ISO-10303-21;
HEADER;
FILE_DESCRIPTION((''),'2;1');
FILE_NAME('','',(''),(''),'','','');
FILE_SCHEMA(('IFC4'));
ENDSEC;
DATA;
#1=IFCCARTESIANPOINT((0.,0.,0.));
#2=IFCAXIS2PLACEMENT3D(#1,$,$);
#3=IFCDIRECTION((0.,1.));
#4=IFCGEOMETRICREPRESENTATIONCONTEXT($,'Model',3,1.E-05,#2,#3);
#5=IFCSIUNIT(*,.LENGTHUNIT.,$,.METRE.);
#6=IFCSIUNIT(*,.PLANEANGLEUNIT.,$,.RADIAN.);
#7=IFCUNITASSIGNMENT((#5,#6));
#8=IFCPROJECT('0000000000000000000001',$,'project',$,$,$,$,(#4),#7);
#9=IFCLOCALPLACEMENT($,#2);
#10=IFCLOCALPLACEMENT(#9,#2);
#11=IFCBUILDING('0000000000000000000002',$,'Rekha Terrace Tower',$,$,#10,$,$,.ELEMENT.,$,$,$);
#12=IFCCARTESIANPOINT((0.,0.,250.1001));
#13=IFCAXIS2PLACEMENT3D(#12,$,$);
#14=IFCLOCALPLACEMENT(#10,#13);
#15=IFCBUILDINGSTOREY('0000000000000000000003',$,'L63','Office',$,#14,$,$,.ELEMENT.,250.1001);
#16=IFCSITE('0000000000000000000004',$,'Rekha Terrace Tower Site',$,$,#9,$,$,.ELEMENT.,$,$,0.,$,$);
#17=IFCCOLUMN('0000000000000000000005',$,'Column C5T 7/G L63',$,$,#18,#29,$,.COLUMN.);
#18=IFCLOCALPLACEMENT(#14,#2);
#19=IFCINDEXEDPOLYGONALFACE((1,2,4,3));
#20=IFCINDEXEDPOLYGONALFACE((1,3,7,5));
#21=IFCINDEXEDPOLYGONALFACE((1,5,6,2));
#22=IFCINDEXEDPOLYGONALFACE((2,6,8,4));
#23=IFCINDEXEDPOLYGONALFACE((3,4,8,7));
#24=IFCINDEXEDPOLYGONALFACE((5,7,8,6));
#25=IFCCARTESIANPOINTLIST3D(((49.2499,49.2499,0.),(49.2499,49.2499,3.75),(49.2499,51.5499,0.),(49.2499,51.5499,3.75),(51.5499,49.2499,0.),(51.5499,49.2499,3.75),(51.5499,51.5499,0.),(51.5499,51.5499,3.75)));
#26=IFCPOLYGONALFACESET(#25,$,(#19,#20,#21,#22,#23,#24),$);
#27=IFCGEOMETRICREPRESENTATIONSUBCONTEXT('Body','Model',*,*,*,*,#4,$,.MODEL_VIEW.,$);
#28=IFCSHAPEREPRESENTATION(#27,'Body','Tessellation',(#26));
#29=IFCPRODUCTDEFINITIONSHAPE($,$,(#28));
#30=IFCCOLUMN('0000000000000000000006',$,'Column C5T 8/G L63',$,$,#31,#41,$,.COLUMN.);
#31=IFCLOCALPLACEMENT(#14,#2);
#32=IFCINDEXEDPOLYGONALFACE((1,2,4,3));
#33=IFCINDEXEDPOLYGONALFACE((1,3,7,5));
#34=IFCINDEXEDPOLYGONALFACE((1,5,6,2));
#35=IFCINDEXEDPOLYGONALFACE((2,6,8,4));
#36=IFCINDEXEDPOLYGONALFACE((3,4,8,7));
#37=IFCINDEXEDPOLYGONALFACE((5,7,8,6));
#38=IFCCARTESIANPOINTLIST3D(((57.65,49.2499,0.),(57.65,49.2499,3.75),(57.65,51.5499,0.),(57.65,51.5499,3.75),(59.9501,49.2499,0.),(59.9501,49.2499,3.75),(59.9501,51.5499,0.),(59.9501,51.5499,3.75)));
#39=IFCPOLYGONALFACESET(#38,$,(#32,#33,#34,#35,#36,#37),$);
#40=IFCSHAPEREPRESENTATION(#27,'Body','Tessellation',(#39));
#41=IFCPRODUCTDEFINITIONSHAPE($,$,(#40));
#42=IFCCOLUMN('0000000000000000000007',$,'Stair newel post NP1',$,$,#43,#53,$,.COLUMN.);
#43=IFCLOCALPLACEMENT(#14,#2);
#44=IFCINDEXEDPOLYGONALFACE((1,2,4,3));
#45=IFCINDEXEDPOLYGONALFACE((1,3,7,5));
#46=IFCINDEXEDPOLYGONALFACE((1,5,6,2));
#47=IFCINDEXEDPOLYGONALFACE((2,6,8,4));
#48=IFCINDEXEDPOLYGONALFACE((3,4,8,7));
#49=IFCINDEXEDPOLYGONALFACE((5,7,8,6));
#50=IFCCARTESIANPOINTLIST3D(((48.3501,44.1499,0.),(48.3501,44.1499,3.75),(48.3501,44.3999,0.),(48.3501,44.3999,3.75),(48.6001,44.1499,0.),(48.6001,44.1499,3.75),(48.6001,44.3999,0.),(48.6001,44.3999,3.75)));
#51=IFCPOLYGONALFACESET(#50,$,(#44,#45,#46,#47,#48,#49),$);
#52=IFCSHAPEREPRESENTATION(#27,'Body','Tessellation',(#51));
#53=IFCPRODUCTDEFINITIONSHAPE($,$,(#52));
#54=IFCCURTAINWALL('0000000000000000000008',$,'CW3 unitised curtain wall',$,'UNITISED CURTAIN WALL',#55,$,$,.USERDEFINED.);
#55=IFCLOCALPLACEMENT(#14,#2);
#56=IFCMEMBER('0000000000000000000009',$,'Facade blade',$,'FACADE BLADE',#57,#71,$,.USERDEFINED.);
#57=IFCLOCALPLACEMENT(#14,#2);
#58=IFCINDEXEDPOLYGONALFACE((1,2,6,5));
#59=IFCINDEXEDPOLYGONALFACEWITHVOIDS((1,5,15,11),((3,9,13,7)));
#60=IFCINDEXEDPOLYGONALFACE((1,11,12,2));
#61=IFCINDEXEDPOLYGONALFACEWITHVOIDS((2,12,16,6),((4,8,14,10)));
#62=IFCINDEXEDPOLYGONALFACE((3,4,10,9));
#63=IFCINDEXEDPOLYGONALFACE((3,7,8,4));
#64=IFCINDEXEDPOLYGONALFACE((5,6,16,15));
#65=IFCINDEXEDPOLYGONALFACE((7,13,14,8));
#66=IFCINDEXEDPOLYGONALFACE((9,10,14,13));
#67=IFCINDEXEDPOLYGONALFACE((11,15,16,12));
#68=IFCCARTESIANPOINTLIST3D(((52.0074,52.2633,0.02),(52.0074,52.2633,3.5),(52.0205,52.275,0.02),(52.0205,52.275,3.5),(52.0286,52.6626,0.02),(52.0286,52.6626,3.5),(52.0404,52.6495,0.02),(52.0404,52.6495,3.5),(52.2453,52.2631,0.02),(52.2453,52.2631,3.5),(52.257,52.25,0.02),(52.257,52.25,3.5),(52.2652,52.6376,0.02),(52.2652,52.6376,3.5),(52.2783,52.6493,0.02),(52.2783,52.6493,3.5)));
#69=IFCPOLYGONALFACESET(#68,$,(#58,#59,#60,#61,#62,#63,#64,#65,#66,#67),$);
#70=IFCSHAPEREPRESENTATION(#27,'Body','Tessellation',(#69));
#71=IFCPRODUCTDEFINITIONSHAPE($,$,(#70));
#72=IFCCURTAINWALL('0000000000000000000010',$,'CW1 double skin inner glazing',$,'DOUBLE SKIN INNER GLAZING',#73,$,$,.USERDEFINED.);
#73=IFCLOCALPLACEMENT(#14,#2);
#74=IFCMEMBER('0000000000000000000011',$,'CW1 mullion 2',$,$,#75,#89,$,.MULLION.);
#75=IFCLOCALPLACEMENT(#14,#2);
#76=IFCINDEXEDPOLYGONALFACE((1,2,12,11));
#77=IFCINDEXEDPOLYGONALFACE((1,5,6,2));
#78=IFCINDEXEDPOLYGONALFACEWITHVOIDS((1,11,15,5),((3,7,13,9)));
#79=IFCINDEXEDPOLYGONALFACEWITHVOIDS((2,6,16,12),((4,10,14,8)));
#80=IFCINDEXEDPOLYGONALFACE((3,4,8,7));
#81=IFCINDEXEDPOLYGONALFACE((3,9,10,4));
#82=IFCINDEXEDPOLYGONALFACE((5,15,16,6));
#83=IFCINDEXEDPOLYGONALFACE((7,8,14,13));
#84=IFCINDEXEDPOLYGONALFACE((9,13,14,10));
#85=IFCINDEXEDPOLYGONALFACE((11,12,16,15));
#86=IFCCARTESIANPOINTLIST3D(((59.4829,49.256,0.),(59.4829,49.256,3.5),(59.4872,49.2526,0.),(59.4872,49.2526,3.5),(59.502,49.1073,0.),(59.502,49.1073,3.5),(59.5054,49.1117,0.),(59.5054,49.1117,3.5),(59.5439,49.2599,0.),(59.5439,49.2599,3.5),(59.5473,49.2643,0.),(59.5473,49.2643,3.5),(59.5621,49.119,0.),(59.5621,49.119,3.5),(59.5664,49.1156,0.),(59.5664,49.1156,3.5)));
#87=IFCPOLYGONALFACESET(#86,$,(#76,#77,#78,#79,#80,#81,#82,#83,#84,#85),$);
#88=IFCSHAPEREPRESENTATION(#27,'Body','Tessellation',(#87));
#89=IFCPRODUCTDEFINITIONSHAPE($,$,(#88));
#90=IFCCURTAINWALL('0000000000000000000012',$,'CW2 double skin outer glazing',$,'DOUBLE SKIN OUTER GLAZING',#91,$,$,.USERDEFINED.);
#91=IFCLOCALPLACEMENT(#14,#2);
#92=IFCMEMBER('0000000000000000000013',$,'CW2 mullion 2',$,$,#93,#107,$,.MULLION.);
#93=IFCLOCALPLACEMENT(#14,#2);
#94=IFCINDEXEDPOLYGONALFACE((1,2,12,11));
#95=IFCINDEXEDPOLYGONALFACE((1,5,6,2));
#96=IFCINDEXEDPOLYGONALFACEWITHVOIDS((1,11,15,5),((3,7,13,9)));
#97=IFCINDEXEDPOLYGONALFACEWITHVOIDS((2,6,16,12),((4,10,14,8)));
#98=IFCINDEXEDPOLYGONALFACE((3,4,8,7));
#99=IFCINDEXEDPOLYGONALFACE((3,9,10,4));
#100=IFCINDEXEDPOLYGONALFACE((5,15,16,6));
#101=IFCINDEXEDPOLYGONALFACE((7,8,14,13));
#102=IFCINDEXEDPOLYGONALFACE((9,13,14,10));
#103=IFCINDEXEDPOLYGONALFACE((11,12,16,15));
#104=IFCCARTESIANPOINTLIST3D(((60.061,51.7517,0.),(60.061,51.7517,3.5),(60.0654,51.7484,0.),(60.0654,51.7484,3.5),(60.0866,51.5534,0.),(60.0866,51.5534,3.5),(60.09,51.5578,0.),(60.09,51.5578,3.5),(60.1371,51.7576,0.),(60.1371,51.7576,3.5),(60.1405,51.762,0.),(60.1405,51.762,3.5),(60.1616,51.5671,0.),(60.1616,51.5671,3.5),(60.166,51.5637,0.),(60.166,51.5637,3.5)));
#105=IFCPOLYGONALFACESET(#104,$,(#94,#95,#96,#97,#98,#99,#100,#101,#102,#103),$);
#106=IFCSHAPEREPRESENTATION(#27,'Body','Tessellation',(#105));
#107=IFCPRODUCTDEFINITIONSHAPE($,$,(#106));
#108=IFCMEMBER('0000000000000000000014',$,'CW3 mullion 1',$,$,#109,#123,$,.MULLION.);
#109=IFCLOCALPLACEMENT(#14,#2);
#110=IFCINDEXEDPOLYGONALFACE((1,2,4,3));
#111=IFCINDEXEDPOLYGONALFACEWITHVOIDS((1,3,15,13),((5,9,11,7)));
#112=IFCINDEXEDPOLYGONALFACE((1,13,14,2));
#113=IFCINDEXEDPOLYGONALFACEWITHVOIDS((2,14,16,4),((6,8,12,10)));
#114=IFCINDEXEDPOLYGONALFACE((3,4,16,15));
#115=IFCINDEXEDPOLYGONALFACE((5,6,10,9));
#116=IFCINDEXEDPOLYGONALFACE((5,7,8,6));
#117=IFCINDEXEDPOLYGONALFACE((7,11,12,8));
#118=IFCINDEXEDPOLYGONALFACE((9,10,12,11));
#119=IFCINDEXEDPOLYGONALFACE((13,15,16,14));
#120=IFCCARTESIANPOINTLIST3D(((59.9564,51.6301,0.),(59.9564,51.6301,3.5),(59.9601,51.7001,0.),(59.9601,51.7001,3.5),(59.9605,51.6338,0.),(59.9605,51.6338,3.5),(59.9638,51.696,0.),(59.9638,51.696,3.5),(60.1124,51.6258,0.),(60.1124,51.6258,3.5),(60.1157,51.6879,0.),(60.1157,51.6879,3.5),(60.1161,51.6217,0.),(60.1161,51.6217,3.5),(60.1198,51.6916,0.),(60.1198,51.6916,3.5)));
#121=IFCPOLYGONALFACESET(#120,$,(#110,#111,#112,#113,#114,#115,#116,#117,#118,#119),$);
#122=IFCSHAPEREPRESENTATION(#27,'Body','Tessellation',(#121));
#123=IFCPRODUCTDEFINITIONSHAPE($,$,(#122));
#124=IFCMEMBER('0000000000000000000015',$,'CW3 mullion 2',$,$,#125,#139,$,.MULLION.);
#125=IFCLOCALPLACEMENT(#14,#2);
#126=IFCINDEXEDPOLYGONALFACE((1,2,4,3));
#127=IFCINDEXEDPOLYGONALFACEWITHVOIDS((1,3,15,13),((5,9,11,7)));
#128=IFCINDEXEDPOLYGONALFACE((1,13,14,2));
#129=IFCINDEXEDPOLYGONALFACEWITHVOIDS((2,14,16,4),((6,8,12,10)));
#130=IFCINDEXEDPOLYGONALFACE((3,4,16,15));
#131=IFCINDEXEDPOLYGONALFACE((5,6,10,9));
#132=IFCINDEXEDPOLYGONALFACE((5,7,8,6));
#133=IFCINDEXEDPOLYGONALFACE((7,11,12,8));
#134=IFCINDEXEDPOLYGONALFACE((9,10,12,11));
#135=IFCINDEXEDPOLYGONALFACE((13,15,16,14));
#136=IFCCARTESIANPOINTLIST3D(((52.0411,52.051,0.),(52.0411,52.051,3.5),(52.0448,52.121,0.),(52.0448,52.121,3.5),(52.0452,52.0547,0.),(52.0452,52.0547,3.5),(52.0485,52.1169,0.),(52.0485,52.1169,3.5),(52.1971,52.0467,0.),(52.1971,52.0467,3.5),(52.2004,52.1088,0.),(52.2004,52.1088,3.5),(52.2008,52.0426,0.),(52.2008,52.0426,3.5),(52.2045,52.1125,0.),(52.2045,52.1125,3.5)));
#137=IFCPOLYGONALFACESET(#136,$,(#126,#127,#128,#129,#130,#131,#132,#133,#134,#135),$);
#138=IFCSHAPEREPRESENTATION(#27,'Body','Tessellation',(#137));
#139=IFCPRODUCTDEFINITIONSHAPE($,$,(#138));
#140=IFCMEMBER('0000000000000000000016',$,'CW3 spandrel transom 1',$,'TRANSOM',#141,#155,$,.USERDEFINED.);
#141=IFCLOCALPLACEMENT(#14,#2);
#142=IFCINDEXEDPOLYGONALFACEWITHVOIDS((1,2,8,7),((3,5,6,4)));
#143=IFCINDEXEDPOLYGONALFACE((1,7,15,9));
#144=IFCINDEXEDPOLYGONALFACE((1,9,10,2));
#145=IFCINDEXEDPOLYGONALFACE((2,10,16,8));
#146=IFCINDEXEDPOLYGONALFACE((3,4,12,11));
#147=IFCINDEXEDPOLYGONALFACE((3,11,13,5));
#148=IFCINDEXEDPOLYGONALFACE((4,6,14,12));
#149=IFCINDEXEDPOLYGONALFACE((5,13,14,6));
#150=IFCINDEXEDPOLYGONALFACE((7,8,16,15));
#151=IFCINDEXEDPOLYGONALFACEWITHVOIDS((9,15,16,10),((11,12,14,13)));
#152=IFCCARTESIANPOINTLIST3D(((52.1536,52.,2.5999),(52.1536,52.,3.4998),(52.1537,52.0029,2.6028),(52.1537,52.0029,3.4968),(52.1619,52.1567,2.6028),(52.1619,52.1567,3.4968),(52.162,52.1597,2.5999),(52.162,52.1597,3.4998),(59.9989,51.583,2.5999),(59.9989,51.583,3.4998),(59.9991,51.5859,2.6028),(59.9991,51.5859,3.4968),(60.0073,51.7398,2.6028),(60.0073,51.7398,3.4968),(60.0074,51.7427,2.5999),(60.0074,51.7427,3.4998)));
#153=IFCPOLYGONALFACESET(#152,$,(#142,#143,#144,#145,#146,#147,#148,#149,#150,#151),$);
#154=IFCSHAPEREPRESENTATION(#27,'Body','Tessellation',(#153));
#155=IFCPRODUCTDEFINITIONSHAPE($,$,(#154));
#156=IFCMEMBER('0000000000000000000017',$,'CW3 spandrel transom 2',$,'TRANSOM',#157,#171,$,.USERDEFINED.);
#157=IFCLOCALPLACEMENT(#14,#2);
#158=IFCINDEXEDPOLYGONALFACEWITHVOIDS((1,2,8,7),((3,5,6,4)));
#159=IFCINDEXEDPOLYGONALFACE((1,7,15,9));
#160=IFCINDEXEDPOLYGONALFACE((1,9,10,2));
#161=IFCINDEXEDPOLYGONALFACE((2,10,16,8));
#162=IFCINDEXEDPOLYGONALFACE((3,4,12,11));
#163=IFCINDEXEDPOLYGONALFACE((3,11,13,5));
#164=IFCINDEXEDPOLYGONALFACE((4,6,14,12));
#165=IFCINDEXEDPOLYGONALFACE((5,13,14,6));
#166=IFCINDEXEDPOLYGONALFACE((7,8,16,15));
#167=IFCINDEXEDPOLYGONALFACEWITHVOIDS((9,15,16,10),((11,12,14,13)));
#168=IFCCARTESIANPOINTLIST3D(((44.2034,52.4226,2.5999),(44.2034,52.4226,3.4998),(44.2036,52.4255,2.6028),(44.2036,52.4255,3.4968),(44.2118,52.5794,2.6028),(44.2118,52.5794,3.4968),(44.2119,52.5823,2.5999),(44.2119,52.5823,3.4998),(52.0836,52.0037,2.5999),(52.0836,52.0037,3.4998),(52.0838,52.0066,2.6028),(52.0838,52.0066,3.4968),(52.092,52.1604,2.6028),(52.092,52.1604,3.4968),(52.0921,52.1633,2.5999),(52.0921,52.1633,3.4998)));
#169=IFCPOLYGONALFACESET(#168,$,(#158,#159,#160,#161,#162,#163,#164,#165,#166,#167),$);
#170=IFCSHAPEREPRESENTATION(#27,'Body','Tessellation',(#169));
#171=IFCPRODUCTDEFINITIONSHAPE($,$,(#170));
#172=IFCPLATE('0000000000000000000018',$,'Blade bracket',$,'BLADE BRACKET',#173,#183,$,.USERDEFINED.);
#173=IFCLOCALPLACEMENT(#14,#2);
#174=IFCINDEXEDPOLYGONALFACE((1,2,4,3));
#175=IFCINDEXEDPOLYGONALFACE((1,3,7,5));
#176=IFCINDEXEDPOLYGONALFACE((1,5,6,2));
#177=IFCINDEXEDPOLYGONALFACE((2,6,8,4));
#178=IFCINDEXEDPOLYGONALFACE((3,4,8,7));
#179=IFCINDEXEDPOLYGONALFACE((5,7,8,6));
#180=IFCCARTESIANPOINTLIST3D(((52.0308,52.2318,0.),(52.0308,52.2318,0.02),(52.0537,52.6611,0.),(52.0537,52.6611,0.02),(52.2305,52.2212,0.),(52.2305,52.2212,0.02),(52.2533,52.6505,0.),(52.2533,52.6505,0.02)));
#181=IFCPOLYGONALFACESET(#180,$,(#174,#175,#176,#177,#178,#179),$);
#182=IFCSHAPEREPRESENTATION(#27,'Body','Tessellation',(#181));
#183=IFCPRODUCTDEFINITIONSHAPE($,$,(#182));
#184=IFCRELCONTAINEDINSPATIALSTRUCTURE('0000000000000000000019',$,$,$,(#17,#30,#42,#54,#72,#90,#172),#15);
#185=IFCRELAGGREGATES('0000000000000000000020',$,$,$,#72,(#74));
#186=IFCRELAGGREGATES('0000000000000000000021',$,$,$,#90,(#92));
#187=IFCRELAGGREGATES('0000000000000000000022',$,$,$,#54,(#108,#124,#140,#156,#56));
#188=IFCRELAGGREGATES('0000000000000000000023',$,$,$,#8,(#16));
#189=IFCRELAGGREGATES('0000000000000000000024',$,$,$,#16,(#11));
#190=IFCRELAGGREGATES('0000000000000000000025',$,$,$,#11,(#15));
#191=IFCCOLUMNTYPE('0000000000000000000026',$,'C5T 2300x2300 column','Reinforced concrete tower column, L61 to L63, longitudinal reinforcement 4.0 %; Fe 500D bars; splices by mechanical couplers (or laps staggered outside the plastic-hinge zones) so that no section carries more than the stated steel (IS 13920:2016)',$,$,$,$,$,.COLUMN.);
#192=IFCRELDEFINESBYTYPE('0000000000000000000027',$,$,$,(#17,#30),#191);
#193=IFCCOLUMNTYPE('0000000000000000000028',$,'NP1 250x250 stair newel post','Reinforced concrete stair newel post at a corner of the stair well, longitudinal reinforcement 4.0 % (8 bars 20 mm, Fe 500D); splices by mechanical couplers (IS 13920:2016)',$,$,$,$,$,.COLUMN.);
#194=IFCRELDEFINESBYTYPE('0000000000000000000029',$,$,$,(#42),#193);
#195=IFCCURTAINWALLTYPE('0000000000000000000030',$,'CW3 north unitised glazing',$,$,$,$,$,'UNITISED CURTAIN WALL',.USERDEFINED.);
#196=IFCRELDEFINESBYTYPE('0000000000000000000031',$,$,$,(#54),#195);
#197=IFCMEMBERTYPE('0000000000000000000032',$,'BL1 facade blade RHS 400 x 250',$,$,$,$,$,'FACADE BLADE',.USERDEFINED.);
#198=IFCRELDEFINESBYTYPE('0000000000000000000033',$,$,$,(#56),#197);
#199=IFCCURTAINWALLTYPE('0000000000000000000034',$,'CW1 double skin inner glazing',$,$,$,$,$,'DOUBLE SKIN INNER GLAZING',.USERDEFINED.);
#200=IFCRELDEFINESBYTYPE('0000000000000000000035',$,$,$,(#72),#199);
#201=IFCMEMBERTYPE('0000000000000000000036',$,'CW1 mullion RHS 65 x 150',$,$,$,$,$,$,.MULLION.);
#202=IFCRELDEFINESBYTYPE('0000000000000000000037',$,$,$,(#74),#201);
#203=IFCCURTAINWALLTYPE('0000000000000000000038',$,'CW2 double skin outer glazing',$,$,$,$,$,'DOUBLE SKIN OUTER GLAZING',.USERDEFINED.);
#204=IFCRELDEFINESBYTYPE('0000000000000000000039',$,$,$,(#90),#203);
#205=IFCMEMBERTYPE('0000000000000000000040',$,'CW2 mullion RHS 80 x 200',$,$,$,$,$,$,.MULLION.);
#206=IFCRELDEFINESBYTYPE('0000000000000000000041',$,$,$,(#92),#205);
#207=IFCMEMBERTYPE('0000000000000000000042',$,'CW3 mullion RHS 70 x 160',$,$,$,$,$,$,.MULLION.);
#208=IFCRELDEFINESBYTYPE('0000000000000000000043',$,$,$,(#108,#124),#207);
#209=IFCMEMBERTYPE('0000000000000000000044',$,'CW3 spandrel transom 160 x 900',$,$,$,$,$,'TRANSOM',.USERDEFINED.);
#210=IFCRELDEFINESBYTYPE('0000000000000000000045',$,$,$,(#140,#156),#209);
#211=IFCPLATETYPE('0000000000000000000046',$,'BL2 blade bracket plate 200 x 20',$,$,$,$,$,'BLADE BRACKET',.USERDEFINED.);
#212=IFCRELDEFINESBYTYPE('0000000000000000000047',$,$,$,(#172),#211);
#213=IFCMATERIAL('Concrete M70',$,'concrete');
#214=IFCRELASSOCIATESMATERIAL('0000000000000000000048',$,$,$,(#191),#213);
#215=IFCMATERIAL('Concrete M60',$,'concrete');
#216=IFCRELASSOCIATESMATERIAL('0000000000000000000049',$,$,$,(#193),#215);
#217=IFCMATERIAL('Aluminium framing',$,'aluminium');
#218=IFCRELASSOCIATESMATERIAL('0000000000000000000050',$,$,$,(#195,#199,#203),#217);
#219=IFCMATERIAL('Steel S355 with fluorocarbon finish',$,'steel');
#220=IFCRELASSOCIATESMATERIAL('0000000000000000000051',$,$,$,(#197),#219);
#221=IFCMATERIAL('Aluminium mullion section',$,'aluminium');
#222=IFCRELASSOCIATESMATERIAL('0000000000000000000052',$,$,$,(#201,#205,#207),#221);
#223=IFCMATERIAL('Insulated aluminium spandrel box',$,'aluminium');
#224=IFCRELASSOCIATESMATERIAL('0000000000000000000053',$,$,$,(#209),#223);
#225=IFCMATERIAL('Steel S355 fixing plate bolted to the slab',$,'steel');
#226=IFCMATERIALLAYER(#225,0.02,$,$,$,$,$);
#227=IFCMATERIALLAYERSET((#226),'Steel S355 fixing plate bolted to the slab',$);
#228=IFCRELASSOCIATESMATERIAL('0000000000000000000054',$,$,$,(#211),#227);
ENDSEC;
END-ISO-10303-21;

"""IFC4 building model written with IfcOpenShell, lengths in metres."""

from ifc_helpers import new_model, si_unit, direction, frame, origin, origin_2d, place, context, subcontext, project, spatial, rectangle, hollow_rectangle, extrude, material, layer, layer_set, material_profile, profile_set, type_object, element, aggregate, save


model = new_model("IFC4")

# Units and contexts
model_context = context("Model", 3, precision=1e-05, world=origin(), true_north=direction((0.0, 1.0)))
body_context = subcontext(model_context, "Body", "Model", "MODEL_VIEW")
ifc_project = project(units=[si_unit("LENGTHUNIT", "METRE"), si_unit("PLANEANGLEUNIT", "RADIAN")], contexts=[model_context])

# Site, building, storey
site_placement = place(None, origin())
site = spatial("IfcSite", under=ifc_project, at=site_placement, Name="Rekha Terrace Tower Site", CompositionType="ELEMENT", RefElevation=0.0)
building_placement = place(site_placement, origin())
building = spatial("IfcBuilding", under=site, at=building_placement, Name="Rekha Terrace Tower", CompositionType="ELEMENT")
storey_placement = place(building_placement, frame((0.0, 0.0, 250.1001)))
storey = spatial("IfcBuildingStorey", under=building, at=storey_placement, Name="L63", Description="Office", CompositionType="ELEMENT", Elevation=250.1001)

# Columns
ifc_material_1 = material(Name="Concrete M70", Category="concrete")
ifc_material_profile_1 = material_profile(ifc_material_1, rectangle(XDim=2.3, YDim=2.3, at=origin_2d()), Name="RC 2300x2300")
ifc_profile_set_1 = profile_set([ifc_material_profile_1], Name="Concrete M70")
column_type_1 = type_object("IfcColumnType", Name="C5T 2300x2300 column", Description="Reinforced concrete tower column, L61 to L63, longitudinal reinforcement 4.0 %; Fe 500D bars; splices by mechanical couplers (or laps staggered outside the plastic-hinge zones) so that no section carries more than the stated steel (IS 13920:2016)", PredefinedType="COLUMN", material=ifc_profile_set_1)
for number, where, z_axis, x_axis, name in (
    (1, (50.3999, 50.3999, 0.0), (0.0, 0.0, 1.0), (1.0, 0.0, 0.0), "Column C5T 7/G L63"),
    (2, (58.8, 50.3999, 0.0), (0.0, 0.0, 1.0), (1.0, 0.0, 0.0), "Column C5T 8/G L63"),
):
    element("IfcColumn", number, at=place(storey_placement, frame(where, z_axis=z_axis, x_axis=x_axis)), inside=storey, type_object=column_type_1, Name=name, PredefinedType="COLUMN", context=body_context, shape_type="SweptSolid", body=[
        extrude(rectangle(XDim=2.3, YDim=2.3, at=origin_2d()), origin(), (0.0, 0.0, 1.0), 3.75),
    ])
ifc_material_2 = material(Name="Concrete M60", Category="concrete")
ifc_material_profile_2 = material_profile(ifc_material_2, rectangle(XDim=0.25, YDim=0.25, at=origin_2d()), Name="RC 250x250")
ifc_profile_set_2 = profile_set([ifc_material_profile_2], Name="Concrete M60")
column_type_2 = type_object("IfcColumnType", Name="NP1 250x250 stair newel post", Description="Reinforced concrete stair newel post at a corner of the stair well, longitudinal reinforcement 4.0 % (8 bars 20 mm, Fe 500D); splices by mechanical couplers (IS 13920:2016)", PredefinedType="COLUMN", material=ifc_profile_set_2)
column_placement = place(storey_placement, frame((48.4751, 44.2749, 0.0), z_axis=(0.0, 0.0, 1.0), x_axis=(1.0, 0.0, 0.0)))
element("IfcColumn", 3, at=column_placement, inside=storey, type_object=column_type_2, Name="Stair newel post NP1", PredefinedType="COLUMN", context=body_context, shape_type="SweptSolid", body=[
    extrude(rectangle(XDim=0.25, YDim=0.25, at=origin_2d()), origin(), (0.0, 0.0, 1.0), 3.75),
])

# Curtain walls, members
ifc_material_3 = material(Name="Aluminium framing", Category="aluminium")
curtain_wall_type_1 = type_object("IfcCurtainWallType", Name="CW3 north unitised glazing", ElementType="UNITISED CURTAIN WALL", PredefinedType="USERDEFINED", material=ifc_material_3)
curtain_wall_1_placement = place(storey_placement, origin())
curtain_wall_1 = element("IfcCurtainWall", 4, at=curtain_wall_1_placement, inside=storey, type_object=curtain_wall_type_1, Name="CW3 unitised curtain wall", ObjectType="UNITISED CURTAIN WALL", PredefinedType="USERDEFINED")
ifc_material_4 = material(Name="Steel S355 with fluorocarbon finish", Category="steel")
ifc_material_profile_3 = material_profile(ifc_material_4, hollow_rectangle(XDim=0.25, YDim=0.3999, WallThickness=0.0125, at=origin_2d()), Name="RHS400x250x12.5")
ifc_profile_set_3 = profile_set([ifc_material_profile_3], Name="Steel S355 with fluorocarbon finish")
member_type_1 = type_object("IfcMemberType", Name="BL1 facade blade RHS 400 x 250", ElementType="FACADE BLADE", PredefinedType="USERDEFINED", material=ifc_profile_set_3)
member_1_placement = place(storey_placement, frame((52.1428, 52.4563, 0.02), z_axis=(0.0, 0.0, 1.0), x_axis=(-0.99859, 0.053084, 0.0)))
member_1 = element("IfcMember", 5, at=member_1_placement, type_object=member_type_1, Name="Facade blade", ObjectType="FACADE BLADE", PredefinedType="USERDEFINED", context=body_context, shape_type="SweptSolid", body=[
    extrude(hollow_rectangle(XDim=0.25, YDim=0.3999, WallThickness=0.0125, at=origin_2d()), origin(), (0.0, 0.0, 1.0), 3.48),
])
curtain_wall_type_2 = type_object("IfcCurtainWallType", Name="CW1 double skin inner glazing", ElementType="DOUBLE SKIN INNER GLAZING", PredefinedType="USERDEFINED", material=ifc_material_3)
curtain_wall_2_placement = place(storey_placement, origin())
curtain_wall_2 = element("IfcCurtainWall", 6, at=curtain_wall_2_placement, inside=storey, type_object=curtain_wall_type_2, Name="CW1 double skin inner glazing", ObjectType="DOUBLE SKIN INNER GLAZING", PredefinedType="USERDEFINED")
ifc_material_5 = material(Name="Aluminium mullion section", Category="aluminium")
ifc_material_profile_4 = material_profile(ifc_material_5, hollow_rectangle(XDim=0.0649, YDim=0.1499, WallThickness=0.0039, at=origin_2d()), Name="AL RHS 65x150")
ifc_profile_set_4 = profile_set([ifc_material_profile_4], Name="Aluminium mullion section")
member_type_2 = type_object("IfcMemberType", Name="CW1 mullion RHS 65 x 150", PredefinedType="MULLION", material=ifc_profile_set_4)
member_2_placement = place(storey_placement, frame((59.5247, 49.1858, 0.0), z_axis=(0.0, 0.0, 1.0), x_axis=(-0.991791, -0.12787, 0.0)))
member_2 = element("IfcMember", 7, at=member_2_placement, type_object=member_type_2, Name="CW1 mullion 2", PredefinedType="MULLION", context=body_context, shape_type="SweptSolid", body=[
    extrude(hollow_rectangle(XDim=0.0649, YDim=0.1499, WallThickness=0.0039, at=origin_2d()), origin(), (0.0, 0.0, 1.0), 3.5),
])
curtain_wall_type_3 = type_object("IfcCurtainWallType", Name="CW2 double skin outer glazing", ElementType="DOUBLE SKIN OUTER GLAZING", PredefinedType="USERDEFINED", material=ifc_material_3)
curtain_wall_3_placement = place(storey_placement, origin())
curtain_wall_3 = element("IfcCurtainWall", 8, at=curtain_wall_3_placement, inside=storey, type_object=curtain_wall_type_3, Name="CW2 double skin outer glazing", ObjectType="DOUBLE SKIN OUTER GLAZING", PredefinedType="USERDEFINED")
ifc_material_profile_5 = material_profile(ifc_material_5, hollow_rectangle(XDim=0.0801, YDim=0.2, WallThickness=0.0039, at=origin_2d()), Name="AL RHS 80x200")
ifc_profile_set_5 = profile_set([ifc_material_profile_5], Name="Aluminium mullion section")
member_type_3 = type_object("IfcMemberType", Name="CW2 mullion RHS 80 x 200", PredefinedType="MULLION", material=ifc_profile_set_5)
member_3_placement = place(storey_placement, frame((60.1135, 51.6577, 0.0), z_axis=(0.0, 0.0, 1.0), x_axis=(-0.991791, -0.12787, 0.0)))
member_3 = element("IfcMember", 9, at=member_3_placement, type_object=member_type_3, Name="CW2 mullion 2", PredefinedType="MULLION", context=body_context, shape_type="SweptSolid", body=[
    extrude(hollow_rectangle(XDim=0.0801, YDim=0.2, WallThickness=0.0039, at=origin_2d()), origin(), (0.0, 0.0, 1.0), 3.5),
])

# Members
ifc_material_profile_6 = material_profile(ifc_material_5, hollow_rectangle(XDim=0.0701, YDim=0.1599, WallThickness=0.0039, at=origin_2d()), Name="AL RHS 70x160")
ifc_profile_set_6 = profile_set([ifc_material_profile_6], Name="Aluminium mullion section")
member_type_4 = type_object("IfcMemberType", Name="CW3 mullion RHS 70 x 160", PredefinedType="MULLION", material=ifc_profile_set_6)
member_4_placement = place(storey_placement, frame((60.0381, 51.6609, 0.0), z_axis=(0.0, 0.0, 1.0), x_axis=(-0.053083, -0.99859, 0.0)))
member_4 = element("IfcMember", 10, at=member_4_placement, type_object=member_type_4, Name="CW3 mullion 1", PredefinedType="MULLION", context=body_context, shape_type="SweptSolid", body=[
    extrude(hollow_rectangle(XDim=0.0701, YDim=0.1599, WallThickness=0.0039, at=origin_2d()), origin(), (0.0, 0.0, 1.0), 3.5),
])
member_5_placement = place(storey_placement, frame((52.1228, 52.0818, 0.0), z_axis=(0.0, 0.0, 1.0), x_axis=(-0.053083, -0.99859, 0.0)))
member_5 = element("IfcMember", 11, at=member_5_placement, type_object=member_type_4, Name="CW3 mullion 2", PredefinedType="MULLION", context=body_context, shape_type="SweptSolid", body=[
    extrude(hollow_rectangle(XDim=0.0701, YDim=0.1599, WallThickness=0.0039, at=origin_2d()), origin(), (0.0, 0.0, 1.0), 3.5),
])
ifc_material_6 = material(Name="Insulated aluminium spandrel box", Category="aluminium")
ifc_material_profile_7 = material_profile(ifc_material_6, hollow_rectangle(XDim=0.1599, YDim=0.8999, WallThickness=0.0029, at=origin_2d()), Name="AL SPANDREL BOX 160x900")
ifc_profile_set_7 = profile_set([ifc_material_profile_7], Name="Insulated aluminium spandrel box")
member_type_5 = type_object("IfcMemberType", Name="CW3 spandrel transom 160 x 900", ElementType="TRANSOM", PredefinedType="USERDEFINED", material=ifc_profile_set_7)
member_6_placement = place(storey_placement, frame((60.0032, 51.6628, 3.0498), z_axis=(-0.99859, 0.053076, 0.0), x_axis=(-0.053076, -0.99859, 0.0)))
member_6 = element("IfcMember", 12, at=member_6_placement, type_object=member_type_5, Name="CW3 spandrel transom 1", ObjectType="TRANSOM", PredefinedType="USERDEFINED", context=body_context, shape_type="SweptSolid", body=[
    extrude(hollow_rectangle(XDim=0.1599, YDim=0.8999, WallThickness=0.0029, at=origin_2d()), origin(), (0.0, 0.0, 1.0), 7.8564),
])
member_7_placement = place(storey_placement, frame((52.0879, 52.0835, 3.0498), z_axis=(-0.99859, 0.05309, 0.0), x_axis=(-0.05309, -0.99859, 0.0)))
member_7 = element("IfcMember", 13, at=member_7_placement, type_object=member_type_5, Name="CW3 spandrel transom 2", ObjectType="TRANSOM", PredefinedType="USERDEFINED", context=body_context, shape_type="SweptSolid", body=[
    extrude(hollow_rectangle(XDim=0.1599, YDim=0.8999, WallThickness=0.0029, at=origin_2d()), origin(), (0.0, 0.0, 1.0), 7.8914),
])

# Plate
ifc_material_7 = material(Name="Steel S355 fixing plate bolted to the slab", Category="steel")
ifc_layer_1 = layer(ifc_material_7, 0.02)
ifc_layer_set_1 = layer_set([ifc_layer_1], Name="Steel S355 fixing plate bolted to the slab")
plate_type_1 = type_object("IfcPlateType", Name="BL2 blade bracket plate 200 x 20", ElementType="BLADE BRACKET", PredefinedType="USERDEFINED", material=ifc_layer_set_1)
plate_1_placement = place(storey_placement, frame((52.1421, 52.4412, 0.0), z_axis=(0.0, 0.0, 1.0), x_axis=(0.053084, 0.99859, 0.0)))
element("IfcPlate", 14, at=plate_1_placement, inside=storey, type_object=plate_type_1, Name="Blade bracket", ObjectType="BLADE BRACKET", PredefinedType="USERDEFINED", context=body_context, shape_type="SweptSolid", body=[
    extrude(rectangle(XDim=0.4299, YDim=0.2, at=origin_2d()), origin(), (0.0, 0.0, 1.0), 0.02),
])
aggregate(curtain_wall_2, [member_2])
aggregate(curtain_wall_3, [member_3])
aggregate(curtain_wall_1, [member_4, member_5, member_6, member_7, member_1])

save(model, "model.ifc")
